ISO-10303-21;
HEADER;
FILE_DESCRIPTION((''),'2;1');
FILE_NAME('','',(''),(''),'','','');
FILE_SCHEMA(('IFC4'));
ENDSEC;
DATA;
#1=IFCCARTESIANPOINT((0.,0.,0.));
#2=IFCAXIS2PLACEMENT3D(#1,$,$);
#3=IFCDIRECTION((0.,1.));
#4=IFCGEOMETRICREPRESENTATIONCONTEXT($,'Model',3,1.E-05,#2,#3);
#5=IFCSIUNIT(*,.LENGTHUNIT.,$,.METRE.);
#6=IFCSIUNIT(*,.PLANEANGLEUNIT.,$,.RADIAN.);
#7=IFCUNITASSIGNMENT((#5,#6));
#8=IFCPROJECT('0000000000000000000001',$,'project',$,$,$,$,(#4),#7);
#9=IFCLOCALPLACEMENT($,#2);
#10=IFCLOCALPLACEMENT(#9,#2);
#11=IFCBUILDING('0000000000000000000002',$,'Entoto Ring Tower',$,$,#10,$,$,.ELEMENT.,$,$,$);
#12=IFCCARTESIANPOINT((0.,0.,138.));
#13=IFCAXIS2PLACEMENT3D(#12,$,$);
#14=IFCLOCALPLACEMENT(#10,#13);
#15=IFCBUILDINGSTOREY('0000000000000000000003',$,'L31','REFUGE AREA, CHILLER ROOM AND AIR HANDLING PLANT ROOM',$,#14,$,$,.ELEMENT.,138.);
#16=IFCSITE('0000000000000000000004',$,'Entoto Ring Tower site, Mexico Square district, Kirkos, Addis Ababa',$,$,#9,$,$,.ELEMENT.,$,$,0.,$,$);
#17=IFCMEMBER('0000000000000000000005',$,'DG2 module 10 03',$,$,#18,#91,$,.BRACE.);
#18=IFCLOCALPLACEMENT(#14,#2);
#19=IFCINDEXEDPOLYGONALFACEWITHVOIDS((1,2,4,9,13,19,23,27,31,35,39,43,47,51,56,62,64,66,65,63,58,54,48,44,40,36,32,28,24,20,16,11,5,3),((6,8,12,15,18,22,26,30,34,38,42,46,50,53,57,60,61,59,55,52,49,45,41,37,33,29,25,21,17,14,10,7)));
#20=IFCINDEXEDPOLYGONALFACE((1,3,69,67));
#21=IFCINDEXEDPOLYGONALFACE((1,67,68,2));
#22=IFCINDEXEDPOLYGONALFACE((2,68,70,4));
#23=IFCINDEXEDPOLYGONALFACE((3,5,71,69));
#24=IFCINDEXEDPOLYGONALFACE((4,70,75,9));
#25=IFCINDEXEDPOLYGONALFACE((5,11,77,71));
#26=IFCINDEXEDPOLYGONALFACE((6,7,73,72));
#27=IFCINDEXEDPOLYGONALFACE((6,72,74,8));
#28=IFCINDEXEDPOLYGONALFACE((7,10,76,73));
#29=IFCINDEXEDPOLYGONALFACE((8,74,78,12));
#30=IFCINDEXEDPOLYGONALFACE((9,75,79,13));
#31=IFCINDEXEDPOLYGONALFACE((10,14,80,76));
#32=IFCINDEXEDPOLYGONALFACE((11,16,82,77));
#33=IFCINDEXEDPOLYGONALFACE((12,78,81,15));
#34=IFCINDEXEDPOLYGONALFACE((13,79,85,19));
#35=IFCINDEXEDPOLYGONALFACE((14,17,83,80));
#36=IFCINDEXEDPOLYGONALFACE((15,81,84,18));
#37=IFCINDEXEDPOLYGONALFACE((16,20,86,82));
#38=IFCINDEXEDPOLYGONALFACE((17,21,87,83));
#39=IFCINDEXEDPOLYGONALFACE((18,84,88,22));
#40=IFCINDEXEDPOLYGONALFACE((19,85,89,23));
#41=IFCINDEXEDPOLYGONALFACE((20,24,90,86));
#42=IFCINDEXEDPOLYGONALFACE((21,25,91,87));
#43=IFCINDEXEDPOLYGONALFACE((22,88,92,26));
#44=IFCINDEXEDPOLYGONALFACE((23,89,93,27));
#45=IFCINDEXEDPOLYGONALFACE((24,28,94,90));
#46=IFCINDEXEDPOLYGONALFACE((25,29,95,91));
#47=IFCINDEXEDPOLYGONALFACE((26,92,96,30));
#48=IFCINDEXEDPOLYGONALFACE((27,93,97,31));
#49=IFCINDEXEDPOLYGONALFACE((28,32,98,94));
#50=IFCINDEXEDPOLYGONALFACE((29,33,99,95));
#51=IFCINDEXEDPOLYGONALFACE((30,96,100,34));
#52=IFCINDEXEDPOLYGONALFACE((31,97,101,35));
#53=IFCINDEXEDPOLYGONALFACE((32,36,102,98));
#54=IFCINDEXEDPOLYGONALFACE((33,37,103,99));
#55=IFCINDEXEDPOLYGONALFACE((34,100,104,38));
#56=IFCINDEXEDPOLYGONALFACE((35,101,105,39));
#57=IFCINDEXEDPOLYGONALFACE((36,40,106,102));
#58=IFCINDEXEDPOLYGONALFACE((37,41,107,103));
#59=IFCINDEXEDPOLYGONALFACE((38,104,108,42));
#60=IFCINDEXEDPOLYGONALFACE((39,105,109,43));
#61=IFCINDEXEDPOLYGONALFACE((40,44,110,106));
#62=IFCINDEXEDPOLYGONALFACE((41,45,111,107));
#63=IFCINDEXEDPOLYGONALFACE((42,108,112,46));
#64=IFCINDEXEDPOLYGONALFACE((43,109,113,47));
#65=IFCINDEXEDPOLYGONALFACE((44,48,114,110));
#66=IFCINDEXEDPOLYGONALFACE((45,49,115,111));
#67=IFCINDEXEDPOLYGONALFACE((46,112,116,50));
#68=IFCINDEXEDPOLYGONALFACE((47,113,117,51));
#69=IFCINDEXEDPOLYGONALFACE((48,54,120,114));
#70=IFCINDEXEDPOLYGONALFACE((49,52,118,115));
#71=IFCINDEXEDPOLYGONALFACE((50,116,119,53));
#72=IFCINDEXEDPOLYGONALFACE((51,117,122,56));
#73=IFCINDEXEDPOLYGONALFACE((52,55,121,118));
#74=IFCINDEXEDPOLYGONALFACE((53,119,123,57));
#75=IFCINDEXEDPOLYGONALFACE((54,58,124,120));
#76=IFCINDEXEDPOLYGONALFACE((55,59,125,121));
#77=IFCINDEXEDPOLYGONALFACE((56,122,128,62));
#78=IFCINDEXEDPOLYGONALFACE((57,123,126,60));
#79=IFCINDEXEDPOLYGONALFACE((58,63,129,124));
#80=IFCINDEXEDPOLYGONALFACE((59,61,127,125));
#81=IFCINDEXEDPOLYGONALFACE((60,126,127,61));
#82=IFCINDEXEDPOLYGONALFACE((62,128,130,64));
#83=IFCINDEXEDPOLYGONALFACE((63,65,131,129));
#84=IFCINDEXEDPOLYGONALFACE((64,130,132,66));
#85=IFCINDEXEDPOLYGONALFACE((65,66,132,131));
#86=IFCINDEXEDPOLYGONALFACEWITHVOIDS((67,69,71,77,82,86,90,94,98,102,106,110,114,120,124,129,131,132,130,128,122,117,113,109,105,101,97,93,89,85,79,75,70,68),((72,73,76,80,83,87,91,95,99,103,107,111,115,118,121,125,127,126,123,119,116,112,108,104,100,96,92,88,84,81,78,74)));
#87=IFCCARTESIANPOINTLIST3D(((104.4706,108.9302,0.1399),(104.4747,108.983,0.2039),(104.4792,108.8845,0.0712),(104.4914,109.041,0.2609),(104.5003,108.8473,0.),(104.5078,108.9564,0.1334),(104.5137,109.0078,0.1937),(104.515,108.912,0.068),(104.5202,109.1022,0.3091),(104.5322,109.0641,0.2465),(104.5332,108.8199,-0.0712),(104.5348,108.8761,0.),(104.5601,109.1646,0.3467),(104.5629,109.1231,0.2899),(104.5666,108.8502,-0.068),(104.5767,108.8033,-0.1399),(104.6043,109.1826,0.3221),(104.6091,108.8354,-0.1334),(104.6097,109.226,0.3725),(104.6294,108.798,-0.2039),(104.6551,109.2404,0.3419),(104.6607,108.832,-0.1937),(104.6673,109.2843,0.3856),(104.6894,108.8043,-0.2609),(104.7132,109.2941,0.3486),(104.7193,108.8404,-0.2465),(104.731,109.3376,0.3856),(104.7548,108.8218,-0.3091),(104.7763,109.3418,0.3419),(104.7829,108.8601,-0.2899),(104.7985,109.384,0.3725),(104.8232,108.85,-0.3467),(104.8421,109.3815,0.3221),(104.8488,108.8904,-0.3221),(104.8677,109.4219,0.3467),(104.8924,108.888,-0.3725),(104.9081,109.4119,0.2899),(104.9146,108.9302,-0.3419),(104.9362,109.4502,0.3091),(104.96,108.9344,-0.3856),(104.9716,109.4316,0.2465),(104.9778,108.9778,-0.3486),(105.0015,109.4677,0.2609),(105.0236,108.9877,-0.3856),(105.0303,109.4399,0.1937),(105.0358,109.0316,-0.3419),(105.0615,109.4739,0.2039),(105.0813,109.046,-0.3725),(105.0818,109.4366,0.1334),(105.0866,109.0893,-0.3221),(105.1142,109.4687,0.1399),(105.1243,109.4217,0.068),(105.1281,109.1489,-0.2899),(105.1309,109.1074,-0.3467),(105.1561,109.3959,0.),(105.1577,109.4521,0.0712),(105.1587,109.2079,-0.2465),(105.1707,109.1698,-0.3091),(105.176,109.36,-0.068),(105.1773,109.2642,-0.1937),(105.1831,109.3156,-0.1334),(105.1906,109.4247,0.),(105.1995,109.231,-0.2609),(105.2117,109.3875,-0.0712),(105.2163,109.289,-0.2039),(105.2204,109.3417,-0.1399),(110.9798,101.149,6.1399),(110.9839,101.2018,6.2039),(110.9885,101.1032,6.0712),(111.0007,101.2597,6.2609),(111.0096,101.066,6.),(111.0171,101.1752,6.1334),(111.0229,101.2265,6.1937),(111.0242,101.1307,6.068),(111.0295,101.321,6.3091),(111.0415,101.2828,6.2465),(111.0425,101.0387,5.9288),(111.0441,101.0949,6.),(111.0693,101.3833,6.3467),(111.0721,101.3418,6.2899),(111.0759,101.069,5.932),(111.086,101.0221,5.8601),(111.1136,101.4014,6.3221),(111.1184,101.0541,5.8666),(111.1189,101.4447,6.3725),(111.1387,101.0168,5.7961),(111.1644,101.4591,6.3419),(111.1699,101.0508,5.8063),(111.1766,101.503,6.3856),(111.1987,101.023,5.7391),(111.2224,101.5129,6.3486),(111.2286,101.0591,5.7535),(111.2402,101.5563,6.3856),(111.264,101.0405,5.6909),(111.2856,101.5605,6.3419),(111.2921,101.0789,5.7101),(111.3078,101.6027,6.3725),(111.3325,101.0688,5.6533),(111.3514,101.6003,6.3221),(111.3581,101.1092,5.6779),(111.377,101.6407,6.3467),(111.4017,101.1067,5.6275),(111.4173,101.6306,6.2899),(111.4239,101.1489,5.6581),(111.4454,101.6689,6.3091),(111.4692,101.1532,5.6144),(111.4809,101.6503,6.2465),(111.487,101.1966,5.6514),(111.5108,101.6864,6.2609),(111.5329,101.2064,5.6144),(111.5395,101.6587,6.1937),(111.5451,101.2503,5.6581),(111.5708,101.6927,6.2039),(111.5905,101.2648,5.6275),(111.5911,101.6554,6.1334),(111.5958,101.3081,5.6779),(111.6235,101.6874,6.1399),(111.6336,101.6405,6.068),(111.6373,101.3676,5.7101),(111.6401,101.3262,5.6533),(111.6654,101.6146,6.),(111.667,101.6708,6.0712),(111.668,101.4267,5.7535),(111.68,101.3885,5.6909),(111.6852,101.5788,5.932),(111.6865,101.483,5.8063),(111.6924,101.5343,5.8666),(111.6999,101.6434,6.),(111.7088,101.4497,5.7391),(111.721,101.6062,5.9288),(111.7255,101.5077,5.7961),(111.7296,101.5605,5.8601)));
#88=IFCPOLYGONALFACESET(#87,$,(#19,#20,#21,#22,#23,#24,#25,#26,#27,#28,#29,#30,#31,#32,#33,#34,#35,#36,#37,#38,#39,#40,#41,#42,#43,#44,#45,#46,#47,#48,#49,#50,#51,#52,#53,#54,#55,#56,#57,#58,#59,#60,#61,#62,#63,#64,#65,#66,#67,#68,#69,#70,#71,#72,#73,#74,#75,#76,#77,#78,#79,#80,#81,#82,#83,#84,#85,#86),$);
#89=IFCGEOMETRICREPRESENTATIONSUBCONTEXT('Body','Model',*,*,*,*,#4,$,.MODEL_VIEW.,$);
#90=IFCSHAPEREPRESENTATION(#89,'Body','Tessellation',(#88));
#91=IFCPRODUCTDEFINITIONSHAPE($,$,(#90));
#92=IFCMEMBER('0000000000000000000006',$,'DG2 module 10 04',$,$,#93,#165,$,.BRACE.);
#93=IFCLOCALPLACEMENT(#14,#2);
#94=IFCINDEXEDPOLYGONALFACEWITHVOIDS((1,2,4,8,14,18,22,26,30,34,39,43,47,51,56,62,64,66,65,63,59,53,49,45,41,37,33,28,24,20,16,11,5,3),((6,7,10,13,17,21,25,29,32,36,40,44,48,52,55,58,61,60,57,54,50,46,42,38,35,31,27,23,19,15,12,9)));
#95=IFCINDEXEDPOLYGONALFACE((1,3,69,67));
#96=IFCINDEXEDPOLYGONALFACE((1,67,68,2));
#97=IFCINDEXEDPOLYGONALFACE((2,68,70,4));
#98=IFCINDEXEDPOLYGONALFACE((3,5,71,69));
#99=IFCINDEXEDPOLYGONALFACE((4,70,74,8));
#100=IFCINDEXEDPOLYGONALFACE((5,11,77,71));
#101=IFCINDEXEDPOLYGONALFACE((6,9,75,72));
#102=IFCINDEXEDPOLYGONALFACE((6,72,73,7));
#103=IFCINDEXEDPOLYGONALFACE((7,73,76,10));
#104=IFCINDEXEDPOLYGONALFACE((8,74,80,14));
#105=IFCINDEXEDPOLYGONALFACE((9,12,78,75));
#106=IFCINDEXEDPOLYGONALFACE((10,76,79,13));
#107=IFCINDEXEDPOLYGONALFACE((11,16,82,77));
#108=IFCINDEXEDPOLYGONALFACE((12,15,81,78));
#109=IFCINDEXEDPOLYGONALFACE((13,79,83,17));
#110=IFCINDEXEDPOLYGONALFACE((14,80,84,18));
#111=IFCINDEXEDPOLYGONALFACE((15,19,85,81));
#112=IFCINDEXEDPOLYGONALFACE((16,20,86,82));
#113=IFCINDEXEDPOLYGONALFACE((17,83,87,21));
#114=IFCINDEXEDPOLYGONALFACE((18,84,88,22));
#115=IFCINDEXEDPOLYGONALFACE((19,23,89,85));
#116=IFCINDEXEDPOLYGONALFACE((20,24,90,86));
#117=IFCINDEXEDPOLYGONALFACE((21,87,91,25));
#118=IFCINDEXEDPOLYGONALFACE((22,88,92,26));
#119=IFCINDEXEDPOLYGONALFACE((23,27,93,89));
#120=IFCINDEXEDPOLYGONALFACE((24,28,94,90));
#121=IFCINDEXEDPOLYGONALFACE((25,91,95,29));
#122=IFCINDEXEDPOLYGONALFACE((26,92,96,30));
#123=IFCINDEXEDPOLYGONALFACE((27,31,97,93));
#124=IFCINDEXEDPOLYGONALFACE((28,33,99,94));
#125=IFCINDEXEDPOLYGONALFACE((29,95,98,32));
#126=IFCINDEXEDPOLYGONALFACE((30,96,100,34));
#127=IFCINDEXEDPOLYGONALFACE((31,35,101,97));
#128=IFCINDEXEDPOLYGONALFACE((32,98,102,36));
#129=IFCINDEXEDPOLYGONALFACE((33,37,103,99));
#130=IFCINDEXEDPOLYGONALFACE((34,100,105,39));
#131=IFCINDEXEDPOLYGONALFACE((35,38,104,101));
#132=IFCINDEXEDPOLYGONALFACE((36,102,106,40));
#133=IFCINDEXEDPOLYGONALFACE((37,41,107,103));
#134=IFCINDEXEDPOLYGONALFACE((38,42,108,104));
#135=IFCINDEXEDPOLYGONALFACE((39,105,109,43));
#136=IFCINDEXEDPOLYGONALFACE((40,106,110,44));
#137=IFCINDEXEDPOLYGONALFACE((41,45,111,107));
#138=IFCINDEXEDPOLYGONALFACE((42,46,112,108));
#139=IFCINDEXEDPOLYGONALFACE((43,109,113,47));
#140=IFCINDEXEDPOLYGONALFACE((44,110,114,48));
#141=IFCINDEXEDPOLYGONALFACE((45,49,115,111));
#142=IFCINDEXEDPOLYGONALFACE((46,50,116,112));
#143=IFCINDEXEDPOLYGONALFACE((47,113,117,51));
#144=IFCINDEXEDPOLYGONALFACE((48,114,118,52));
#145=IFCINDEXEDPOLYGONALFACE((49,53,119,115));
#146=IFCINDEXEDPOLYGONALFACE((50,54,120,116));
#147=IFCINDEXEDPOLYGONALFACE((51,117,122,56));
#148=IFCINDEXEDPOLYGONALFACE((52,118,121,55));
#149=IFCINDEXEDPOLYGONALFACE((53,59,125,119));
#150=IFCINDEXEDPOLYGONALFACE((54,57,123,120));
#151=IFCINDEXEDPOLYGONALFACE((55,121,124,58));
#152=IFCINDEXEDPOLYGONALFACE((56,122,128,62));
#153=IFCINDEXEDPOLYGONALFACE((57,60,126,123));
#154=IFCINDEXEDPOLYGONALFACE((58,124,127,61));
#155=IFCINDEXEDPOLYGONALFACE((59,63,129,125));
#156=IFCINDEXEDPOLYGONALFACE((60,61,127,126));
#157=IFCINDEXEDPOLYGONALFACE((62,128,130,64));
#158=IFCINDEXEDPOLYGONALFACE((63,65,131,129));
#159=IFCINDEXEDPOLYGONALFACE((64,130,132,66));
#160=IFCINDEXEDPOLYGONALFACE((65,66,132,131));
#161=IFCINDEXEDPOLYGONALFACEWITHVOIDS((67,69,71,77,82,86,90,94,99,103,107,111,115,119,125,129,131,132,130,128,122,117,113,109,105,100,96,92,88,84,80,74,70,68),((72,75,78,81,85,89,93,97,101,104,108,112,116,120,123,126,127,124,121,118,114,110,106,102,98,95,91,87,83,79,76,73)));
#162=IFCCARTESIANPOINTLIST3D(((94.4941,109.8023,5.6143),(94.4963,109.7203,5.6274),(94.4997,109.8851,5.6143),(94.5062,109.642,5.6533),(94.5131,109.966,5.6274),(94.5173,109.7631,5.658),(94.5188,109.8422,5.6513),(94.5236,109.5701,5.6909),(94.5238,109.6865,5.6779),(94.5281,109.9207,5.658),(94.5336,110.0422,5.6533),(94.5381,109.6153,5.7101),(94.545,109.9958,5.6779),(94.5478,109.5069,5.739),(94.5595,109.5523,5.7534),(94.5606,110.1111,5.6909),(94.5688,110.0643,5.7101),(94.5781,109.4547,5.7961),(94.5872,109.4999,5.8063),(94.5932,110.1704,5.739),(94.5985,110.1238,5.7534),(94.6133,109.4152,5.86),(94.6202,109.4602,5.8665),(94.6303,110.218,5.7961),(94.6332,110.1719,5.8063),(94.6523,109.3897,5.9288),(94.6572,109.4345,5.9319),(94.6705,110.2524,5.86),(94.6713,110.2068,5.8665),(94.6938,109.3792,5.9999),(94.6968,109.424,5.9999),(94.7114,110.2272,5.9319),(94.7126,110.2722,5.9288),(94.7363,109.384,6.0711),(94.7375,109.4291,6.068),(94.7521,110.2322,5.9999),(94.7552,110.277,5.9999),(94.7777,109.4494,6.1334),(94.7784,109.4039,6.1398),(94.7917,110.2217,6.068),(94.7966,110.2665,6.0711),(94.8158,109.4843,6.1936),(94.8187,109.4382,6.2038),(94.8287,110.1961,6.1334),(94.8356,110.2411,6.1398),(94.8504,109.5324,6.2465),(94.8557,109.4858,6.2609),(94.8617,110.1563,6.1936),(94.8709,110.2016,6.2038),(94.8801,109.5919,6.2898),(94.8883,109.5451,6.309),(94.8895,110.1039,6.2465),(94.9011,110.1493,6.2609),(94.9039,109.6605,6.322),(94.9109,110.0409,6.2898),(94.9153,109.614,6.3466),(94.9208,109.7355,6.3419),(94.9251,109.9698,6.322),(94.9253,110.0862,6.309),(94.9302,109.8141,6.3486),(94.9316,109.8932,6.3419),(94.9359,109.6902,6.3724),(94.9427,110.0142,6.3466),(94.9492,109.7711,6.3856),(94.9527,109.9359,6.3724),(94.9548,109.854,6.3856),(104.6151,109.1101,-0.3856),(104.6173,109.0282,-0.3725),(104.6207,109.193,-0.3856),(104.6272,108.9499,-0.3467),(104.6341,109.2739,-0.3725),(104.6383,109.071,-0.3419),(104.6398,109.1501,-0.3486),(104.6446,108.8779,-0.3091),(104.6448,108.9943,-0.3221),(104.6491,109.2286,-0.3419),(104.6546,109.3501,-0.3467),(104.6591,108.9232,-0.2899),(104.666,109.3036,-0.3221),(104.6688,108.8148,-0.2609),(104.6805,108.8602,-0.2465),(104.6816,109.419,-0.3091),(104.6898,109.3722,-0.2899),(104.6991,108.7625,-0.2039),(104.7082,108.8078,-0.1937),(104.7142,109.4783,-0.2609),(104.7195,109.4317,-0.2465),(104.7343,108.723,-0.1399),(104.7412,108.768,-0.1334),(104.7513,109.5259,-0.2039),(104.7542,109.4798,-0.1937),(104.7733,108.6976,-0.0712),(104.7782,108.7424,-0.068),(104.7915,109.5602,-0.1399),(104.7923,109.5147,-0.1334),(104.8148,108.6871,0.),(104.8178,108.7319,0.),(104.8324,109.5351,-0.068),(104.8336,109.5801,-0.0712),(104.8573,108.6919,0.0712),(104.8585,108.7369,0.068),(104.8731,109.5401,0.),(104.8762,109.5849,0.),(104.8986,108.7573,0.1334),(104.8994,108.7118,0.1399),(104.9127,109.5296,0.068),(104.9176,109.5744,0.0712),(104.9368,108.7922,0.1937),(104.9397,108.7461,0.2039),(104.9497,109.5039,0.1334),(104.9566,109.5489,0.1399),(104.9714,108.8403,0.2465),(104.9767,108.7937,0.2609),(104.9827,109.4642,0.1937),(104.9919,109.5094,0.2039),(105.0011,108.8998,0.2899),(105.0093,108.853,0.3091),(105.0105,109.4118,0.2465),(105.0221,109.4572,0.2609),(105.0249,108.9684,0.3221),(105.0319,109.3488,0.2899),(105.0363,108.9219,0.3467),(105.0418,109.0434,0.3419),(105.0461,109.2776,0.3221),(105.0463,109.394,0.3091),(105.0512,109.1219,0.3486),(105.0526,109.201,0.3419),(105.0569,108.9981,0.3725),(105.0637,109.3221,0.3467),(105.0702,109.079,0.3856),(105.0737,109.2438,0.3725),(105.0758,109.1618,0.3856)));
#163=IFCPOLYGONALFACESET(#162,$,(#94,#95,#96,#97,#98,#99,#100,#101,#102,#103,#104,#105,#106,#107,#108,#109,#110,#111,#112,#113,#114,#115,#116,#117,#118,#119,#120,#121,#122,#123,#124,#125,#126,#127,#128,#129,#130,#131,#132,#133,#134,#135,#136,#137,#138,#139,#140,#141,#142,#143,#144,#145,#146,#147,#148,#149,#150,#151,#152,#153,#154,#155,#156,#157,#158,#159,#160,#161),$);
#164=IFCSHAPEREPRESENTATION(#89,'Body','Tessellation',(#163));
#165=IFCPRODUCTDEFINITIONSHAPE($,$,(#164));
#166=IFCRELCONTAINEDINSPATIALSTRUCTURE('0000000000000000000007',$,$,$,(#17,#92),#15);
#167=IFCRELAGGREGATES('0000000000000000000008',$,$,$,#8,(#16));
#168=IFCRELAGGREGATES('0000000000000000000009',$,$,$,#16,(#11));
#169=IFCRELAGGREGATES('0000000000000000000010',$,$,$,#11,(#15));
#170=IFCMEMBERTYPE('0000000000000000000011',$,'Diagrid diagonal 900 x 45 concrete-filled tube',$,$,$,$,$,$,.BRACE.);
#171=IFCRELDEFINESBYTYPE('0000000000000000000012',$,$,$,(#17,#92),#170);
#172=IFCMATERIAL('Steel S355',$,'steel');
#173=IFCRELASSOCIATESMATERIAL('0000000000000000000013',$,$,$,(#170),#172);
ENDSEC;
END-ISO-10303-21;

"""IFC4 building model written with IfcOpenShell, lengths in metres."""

from ifc_helpers import new_model, si_unit, direction, frame, origin, origin_2d, place, context, subcontext, project, spatial, circle, hollow_circle, extrude, material, material_profile, profile_set, type_object, element, save


model = new_model("IFC4")

# Units and contexts
model_context = context("Model", 3, precision=1e-05, world=origin(), true_north=direction((0.0, 1.0)))
body_context = subcontext(model_context, "Body", "Model", "MODEL_VIEW")
ifc_project = project(units=[si_unit("LENGTHUNIT", "METRE"), si_unit("PLANEANGLEUNIT", "RADIAN")], contexts=[model_context])

# Site, building, storey
site_placement = place(None, origin())
site = spatial("IfcSite", under=ifc_project, at=site_placement, Name="Entoto Ring Tower site, Mexico Square district, Kirkos, Addis Ababa", CompositionType="ELEMENT", RefElevation=0.0)
building_placement = place(site_placement, origin())
building = spatial("IfcBuilding", under=site, at=building_placement, Name="Entoto Ring Tower", CompositionType="ELEMENT")
storey_placement = place(building_placement, frame((0.0, 0.0, 138.0)))
storey = spatial("IfcBuildingStorey", under=building, at=storey_placement, Name="L31", Description="REFUGE AREA, CHILLER ROOM AND AIR HANDLING PLANT ROOM", CompositionType="ELEMENT", Elevation=138.0)

# Members
ifc_material_1 = material(Name="Steel S355", Category="steel")
ifc_material_profile_1 = material_profile(ifc_material_1, hollow_circle(Radius=0.45, WallThickness=0.0449, at=origin_2d()), Name="CHS 900 x 45")
ifc_material_2 = material(Name="Concrete C60/75", Category="concrete")
ifc_material_profile_2 = material_profile(ifc_material_2, circle(Radius=0.405, at=origin_2d()), Name="Concrete C60/75 infill")
ifc_profile_set_1 = profile_set([ifc_material_profile_1, ifc_material_profile_2], Name="Steel S355")
member_type_1 = type_object("IfcMemberType", Name="Diagrid diagonal 900 x 45 concrete-filled tube", PredefinedType="BRACE", material=ifc_profile_set_1)
for number, where, z_axis, x_axis, name in (
    (1, (104.8455, 109.136, 0.0), (0.552272, -0.66019, 0.509063), (0.767013, 0.641632, 0.0), "DG2 module 10 03"),
):
    element("IfcMember", number, at=place(storey_placement, frame(where, z_axis=z_axis, x_axis=x_axis)), inside=storey, type_object=member_type_1, Name=name, PredefinedType="BRACE", context=body_context, shape_type="SweptSolid", body=[
        extrude(hollow_circle(Radius=0.45, WallThickness=0.0449, at=origin_2d()), origin(), (0.0, 0.0, 1.0), 11.7864),
    ])
member_1_placement = place(storey_placement, frame((104.8455, 109.136, 0.0), z_axis=(-0.858721, 0.058724, 0.509068), x_axis=(-0.068226, -0.99767, 0.0)))
element("IfcMember", 2, at=member_1_placement, inside=storey, type_object=member_type_1, Name="DG2 module 10 04", PredefinedType="BRACE", context=body_context, shape_type="SweptSolid", body=[
    extrude(hollow_circle(Radius=0.45, WallThickness=0.0449, at=origin_2d()), origin(), (0.0, 0.0, 1.0), 11.7861),
])

save(model, "model.ifc")
